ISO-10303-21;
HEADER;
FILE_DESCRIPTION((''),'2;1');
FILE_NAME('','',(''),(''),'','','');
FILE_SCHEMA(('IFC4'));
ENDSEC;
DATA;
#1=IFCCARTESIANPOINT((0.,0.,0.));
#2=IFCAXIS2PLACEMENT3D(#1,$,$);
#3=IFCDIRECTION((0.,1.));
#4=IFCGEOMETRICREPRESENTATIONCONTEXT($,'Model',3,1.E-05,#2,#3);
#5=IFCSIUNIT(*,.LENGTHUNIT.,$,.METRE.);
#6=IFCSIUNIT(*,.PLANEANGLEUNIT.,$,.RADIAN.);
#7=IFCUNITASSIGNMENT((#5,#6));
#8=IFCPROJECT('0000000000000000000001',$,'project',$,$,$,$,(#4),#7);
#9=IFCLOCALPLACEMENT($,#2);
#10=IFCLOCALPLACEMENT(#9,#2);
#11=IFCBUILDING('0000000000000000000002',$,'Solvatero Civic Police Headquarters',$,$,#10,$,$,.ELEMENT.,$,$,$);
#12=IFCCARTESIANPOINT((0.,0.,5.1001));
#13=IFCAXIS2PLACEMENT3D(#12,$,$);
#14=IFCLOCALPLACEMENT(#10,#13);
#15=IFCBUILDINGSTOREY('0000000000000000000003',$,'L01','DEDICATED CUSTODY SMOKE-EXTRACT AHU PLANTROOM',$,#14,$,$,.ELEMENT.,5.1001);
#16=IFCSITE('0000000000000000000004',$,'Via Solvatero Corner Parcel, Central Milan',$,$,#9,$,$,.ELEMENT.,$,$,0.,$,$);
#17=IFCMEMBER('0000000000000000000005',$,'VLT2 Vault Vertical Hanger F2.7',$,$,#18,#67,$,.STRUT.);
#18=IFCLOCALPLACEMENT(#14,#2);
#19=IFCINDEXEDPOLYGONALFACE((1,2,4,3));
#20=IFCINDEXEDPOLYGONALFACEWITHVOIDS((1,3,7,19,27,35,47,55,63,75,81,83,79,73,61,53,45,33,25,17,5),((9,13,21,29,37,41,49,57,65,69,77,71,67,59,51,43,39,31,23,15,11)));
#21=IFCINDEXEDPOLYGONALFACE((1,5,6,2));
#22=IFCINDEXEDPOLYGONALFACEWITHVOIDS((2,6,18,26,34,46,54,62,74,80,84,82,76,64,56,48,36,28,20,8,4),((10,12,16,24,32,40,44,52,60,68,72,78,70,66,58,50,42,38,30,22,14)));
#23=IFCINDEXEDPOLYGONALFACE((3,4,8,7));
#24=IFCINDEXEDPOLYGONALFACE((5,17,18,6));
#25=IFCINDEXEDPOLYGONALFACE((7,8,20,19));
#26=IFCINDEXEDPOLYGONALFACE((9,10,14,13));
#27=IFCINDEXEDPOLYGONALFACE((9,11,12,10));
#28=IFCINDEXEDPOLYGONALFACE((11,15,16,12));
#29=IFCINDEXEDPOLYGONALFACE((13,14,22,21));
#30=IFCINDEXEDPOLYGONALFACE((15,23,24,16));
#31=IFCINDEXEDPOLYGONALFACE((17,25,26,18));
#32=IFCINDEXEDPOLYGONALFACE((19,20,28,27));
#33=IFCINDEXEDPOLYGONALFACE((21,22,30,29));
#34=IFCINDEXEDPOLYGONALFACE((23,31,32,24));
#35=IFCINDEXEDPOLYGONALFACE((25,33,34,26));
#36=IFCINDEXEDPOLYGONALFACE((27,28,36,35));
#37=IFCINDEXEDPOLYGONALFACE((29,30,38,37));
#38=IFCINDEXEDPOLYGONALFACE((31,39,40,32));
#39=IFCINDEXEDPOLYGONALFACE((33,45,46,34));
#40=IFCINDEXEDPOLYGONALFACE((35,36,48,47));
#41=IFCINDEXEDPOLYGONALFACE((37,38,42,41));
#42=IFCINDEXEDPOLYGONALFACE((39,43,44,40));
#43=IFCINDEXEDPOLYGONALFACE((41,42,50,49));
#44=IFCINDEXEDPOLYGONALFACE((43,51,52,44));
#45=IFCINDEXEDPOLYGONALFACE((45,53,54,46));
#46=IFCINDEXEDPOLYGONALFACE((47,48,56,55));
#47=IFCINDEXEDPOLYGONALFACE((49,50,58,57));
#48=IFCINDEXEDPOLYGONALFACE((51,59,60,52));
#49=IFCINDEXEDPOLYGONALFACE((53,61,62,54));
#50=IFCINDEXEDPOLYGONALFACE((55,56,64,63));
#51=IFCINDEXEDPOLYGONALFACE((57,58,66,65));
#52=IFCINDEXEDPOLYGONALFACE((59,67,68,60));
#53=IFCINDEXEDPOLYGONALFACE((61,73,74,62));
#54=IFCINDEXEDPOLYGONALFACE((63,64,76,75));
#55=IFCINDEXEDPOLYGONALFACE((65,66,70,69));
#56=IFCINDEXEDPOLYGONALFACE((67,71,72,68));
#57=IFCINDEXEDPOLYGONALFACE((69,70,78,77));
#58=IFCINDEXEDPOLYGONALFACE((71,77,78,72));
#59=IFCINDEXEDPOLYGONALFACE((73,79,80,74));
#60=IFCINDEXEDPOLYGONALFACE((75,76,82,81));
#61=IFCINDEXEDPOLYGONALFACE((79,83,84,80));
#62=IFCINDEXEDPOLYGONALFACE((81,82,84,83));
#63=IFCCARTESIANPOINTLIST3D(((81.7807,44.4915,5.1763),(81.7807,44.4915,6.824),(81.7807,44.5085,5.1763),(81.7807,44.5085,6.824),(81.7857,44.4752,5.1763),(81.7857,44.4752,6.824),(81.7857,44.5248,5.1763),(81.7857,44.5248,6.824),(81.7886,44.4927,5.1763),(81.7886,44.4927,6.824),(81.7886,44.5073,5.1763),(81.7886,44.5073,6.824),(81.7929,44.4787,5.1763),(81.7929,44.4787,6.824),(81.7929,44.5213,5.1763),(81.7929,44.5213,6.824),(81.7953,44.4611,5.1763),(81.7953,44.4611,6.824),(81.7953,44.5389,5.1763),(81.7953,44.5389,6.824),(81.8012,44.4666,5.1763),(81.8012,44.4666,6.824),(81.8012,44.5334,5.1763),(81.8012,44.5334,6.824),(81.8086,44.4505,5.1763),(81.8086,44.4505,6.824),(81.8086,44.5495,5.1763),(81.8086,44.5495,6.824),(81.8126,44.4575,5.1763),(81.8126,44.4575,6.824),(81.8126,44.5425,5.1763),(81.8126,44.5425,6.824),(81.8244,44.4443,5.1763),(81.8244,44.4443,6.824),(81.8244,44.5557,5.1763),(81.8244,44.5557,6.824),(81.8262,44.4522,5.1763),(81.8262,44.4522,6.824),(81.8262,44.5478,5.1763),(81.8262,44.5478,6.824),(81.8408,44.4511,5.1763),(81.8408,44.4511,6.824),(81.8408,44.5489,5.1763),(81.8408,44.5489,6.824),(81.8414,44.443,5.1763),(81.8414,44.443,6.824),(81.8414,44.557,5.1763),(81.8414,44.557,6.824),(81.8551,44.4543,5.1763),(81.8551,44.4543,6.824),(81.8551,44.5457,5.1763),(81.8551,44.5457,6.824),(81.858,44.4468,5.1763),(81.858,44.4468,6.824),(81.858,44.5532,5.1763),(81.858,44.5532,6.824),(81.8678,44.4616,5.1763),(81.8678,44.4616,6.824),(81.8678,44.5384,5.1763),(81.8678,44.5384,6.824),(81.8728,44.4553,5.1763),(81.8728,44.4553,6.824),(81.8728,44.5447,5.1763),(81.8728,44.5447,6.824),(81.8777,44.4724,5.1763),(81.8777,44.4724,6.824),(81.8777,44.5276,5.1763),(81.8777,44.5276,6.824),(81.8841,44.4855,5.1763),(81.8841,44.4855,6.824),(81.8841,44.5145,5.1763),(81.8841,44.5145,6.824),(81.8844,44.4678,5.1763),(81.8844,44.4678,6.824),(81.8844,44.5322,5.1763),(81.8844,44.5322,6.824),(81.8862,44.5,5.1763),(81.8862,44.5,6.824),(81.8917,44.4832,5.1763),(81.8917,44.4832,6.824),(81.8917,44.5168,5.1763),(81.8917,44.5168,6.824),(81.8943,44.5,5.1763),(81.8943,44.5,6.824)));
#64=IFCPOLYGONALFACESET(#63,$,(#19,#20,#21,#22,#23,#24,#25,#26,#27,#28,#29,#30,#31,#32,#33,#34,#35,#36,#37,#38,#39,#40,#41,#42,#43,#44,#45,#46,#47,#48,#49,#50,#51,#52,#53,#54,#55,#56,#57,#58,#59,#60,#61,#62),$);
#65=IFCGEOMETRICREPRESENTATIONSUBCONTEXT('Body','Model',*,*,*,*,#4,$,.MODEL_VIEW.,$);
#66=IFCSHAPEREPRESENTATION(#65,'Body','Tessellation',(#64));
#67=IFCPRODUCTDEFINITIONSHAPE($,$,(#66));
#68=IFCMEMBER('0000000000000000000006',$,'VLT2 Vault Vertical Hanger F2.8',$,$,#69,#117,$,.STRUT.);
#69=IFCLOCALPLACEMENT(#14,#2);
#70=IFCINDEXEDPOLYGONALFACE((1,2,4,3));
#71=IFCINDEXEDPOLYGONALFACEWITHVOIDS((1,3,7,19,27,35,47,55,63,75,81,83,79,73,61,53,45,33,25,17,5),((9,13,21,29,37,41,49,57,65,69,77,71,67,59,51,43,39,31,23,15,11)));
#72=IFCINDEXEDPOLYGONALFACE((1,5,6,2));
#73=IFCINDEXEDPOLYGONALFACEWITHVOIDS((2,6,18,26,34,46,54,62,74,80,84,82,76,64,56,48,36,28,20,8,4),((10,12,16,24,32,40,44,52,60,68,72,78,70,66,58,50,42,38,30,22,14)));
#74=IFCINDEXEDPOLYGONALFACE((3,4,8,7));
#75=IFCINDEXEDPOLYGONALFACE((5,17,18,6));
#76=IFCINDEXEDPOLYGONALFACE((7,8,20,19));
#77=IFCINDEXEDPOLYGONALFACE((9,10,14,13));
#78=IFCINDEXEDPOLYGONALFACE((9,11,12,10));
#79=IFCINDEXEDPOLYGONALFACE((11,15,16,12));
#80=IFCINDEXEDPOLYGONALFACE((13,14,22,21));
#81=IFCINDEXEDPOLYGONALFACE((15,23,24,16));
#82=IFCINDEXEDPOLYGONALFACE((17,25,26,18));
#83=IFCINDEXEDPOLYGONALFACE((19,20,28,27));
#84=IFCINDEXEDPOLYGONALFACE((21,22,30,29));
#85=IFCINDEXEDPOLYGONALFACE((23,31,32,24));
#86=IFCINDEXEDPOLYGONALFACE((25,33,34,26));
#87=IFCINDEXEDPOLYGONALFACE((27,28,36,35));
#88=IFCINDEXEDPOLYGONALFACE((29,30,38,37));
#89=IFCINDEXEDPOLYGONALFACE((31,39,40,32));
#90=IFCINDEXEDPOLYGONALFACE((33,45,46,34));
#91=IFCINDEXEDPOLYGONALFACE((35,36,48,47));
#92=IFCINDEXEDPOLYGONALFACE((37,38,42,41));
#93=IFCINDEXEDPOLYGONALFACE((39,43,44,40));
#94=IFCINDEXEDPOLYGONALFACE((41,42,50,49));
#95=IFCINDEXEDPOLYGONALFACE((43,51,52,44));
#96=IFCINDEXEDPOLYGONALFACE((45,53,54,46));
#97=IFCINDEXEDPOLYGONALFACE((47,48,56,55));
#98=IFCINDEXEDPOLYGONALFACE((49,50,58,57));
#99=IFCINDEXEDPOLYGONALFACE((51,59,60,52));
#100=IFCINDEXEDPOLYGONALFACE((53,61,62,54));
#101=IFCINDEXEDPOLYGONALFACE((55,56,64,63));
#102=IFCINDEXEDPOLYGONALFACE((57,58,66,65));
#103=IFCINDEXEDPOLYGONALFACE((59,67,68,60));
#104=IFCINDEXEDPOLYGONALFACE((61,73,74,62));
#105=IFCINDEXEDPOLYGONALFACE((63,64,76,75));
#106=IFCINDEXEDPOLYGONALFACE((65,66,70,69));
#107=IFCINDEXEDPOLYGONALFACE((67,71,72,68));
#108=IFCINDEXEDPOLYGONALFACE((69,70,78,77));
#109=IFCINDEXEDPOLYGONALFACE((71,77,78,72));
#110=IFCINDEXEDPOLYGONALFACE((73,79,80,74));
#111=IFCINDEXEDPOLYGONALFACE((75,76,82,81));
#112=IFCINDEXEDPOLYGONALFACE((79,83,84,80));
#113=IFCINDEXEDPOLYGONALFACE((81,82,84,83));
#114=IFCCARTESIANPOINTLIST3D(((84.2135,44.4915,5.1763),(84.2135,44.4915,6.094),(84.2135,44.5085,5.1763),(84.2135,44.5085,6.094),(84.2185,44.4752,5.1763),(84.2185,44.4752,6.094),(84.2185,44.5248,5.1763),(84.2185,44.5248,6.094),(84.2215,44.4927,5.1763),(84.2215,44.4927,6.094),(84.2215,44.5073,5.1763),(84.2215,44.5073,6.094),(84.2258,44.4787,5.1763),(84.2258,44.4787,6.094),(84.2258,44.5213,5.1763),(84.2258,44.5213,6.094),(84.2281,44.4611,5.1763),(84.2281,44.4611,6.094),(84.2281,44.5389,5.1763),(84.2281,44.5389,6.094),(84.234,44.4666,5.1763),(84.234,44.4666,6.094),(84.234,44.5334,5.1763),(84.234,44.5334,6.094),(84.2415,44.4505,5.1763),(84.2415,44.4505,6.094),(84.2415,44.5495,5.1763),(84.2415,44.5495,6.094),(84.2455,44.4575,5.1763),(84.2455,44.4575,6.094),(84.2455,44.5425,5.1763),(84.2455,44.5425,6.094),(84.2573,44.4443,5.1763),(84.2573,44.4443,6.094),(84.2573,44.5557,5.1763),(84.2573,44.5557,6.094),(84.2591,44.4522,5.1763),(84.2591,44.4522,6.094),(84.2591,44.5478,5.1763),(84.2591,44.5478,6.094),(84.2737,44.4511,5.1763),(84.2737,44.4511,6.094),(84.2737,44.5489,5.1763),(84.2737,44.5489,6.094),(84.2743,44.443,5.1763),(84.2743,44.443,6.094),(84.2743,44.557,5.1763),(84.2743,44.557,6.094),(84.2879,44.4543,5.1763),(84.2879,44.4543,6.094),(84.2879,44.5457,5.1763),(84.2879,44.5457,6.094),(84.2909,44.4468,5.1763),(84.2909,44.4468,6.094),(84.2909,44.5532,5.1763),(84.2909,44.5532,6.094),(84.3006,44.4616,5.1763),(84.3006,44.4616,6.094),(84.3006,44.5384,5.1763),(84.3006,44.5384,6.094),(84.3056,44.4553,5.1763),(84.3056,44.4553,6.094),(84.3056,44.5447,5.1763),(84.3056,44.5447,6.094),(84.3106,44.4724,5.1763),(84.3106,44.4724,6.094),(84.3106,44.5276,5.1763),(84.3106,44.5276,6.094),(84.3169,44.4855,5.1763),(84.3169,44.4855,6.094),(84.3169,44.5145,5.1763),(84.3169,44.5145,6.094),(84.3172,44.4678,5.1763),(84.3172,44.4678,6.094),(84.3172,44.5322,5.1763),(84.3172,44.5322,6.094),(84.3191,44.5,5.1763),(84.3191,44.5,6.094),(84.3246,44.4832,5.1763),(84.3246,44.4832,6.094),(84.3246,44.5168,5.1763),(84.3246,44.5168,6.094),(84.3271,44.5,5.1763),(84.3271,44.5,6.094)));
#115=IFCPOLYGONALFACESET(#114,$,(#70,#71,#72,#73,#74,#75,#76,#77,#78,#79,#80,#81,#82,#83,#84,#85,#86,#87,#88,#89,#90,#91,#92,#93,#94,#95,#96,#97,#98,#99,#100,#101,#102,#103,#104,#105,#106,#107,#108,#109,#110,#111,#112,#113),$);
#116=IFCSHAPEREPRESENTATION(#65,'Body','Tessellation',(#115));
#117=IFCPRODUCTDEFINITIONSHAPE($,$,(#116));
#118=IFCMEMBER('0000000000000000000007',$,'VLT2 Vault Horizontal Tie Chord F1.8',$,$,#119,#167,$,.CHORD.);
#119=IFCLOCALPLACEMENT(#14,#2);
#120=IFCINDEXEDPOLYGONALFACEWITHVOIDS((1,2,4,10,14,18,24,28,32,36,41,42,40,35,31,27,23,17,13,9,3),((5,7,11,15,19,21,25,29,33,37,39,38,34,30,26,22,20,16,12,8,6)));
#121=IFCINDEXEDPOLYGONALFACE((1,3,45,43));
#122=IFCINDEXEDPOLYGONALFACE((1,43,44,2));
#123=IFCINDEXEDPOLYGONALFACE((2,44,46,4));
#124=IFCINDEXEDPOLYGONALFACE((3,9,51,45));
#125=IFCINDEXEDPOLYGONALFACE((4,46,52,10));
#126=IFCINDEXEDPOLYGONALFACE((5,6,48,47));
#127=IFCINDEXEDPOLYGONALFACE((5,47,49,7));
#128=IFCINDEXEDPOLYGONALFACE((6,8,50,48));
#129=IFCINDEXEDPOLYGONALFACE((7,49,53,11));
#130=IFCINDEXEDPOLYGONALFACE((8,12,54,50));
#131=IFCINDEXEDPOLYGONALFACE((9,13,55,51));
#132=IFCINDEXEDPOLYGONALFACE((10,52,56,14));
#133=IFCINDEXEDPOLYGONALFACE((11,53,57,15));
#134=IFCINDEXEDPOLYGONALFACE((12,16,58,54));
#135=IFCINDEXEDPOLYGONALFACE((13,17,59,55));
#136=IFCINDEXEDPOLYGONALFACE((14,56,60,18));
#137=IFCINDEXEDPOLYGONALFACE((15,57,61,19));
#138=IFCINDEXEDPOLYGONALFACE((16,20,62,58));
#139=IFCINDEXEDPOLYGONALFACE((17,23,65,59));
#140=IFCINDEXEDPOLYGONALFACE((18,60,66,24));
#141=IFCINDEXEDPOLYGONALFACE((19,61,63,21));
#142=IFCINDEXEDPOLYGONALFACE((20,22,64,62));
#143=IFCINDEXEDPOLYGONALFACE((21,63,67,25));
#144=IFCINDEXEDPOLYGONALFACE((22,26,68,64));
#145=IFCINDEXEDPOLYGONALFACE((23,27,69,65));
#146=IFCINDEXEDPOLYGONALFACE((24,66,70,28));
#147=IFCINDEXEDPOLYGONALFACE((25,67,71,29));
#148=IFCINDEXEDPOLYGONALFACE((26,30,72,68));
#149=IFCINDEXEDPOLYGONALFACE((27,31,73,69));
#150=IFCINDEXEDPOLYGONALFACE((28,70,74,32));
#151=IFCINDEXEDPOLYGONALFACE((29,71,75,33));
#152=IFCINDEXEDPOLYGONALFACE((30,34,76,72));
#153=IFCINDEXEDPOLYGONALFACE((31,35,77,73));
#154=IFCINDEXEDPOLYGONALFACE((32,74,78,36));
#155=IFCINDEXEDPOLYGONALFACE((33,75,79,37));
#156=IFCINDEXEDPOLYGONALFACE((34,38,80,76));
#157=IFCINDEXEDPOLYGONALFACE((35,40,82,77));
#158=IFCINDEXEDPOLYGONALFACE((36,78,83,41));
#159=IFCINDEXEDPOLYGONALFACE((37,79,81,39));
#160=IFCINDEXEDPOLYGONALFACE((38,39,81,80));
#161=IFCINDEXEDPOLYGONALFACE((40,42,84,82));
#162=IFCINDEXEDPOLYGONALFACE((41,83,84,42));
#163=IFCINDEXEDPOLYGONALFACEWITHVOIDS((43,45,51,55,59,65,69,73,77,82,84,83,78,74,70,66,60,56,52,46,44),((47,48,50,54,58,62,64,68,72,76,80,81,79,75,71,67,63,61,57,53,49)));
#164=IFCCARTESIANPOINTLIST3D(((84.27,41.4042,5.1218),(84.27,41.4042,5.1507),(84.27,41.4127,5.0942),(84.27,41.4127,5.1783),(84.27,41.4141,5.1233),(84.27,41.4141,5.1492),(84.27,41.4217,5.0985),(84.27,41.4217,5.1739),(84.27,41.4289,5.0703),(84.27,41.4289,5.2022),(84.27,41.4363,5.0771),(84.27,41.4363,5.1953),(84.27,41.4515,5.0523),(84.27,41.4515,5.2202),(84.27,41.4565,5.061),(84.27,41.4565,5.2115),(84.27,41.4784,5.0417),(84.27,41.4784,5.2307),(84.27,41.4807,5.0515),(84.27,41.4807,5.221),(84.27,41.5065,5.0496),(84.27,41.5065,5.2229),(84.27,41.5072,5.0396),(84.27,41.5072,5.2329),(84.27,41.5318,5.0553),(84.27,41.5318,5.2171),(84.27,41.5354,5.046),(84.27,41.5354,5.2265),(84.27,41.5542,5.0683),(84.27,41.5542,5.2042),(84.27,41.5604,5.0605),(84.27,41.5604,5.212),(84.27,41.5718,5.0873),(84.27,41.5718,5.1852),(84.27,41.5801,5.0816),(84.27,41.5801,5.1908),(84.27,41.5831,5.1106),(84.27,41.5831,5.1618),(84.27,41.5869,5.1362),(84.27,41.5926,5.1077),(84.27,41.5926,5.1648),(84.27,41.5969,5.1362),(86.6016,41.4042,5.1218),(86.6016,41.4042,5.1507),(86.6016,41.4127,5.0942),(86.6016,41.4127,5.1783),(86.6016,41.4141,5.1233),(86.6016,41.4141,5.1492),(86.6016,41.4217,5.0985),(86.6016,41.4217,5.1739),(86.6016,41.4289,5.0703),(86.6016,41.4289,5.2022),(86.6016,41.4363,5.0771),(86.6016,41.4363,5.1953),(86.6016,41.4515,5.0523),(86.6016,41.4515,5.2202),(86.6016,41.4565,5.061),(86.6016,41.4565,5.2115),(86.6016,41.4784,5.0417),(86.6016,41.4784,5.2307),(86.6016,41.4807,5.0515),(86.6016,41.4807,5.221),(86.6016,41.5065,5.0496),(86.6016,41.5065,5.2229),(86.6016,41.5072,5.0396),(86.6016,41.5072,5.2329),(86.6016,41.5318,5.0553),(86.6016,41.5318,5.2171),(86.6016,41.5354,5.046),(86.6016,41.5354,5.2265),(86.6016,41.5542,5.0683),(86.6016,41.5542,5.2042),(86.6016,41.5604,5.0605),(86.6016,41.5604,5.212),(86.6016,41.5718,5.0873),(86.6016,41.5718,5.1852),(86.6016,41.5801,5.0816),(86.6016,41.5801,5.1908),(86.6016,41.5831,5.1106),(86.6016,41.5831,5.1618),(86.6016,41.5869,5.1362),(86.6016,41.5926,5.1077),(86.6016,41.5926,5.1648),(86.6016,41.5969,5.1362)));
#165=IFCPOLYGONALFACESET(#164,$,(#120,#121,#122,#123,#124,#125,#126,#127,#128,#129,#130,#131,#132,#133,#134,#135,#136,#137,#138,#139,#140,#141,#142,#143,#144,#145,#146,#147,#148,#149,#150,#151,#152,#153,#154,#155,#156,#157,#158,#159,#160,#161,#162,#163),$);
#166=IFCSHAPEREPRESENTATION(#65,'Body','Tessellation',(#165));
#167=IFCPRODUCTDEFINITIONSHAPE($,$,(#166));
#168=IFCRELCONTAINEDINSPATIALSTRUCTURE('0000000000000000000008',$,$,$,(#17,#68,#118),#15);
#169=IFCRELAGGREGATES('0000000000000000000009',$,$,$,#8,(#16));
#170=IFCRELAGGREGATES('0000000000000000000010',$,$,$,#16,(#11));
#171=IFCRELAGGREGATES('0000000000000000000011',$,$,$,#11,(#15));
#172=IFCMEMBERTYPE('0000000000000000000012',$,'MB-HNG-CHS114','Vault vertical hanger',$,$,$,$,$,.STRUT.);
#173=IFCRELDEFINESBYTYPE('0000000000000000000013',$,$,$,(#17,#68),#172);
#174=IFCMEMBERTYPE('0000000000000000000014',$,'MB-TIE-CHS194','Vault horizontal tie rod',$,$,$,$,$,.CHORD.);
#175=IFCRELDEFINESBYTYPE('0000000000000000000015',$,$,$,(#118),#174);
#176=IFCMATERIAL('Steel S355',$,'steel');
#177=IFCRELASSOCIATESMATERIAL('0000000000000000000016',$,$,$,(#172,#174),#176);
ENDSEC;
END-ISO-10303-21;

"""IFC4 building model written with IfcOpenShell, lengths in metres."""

from ifc_helpers import new_model, si_unit, direction, frame, origin, origin_2d, place, context, subcontext, project, spatial, hollow_circle, extrude, material, material_profile, profile_set, type_object, element, save


model = new_model("IFC4")

# Units and contexts
model_context = context("Model", 3, precision=1e-05, world=origin(), true_north=direction((0.0, 1.0)))
body_context = subcontext(model_context, "Body", "Model", "MODEL_VIEW")
ifc_project = project(units=[si_unit("LENGTHUNIT", "METRE"), si_unit("PLANEANGLEUNIT", "RADIAN")], contexts=[model_context])

# Site, building, storey
site_placement = place(None, origin())
site = spatial("IfcSite", under=ifc_project, at=site_placement, Name="Via Solvatero Corner Parcel, Central Milan", CompositionType="ELEMENT", RefElevation=0.0)
building_placement = place(site_placement, origin())
building = spatial("IfcBuilding", under=site, at=building_placement, Name="Solvatero Civic Police Headquarters", CompositionType="ELEMENT")
storey_placement = place(building_placement, frame((0.0, 0.0, 5.1001)))
storey = spatial("IfcBuildingStorey", under=building, at=storey_placement, Name="L01", Description="DEDICATED CUSTODY SMOKE-EXTRACT AHU PLANTROOM", CompositionType="ELEMENT", Elevation=5.1001)

# Shared definitions
ifc_material_1 = material(Name="Steel S355", Category="steel")

# Members
ifc_material_profile_1 = material_profile(ifc_material_1, hollow_circle(Radius=0.0571, WallThickness=0.0081, at=origin_2d()), Name="CHS 114.3x8.0")
ifc_profile_set_1 = profile_set([ifc_material_profile_1], Name="Steel S355")
member_type_1 = type_object("IfcMemberType", Name="MB-HNG-CHS114", Description="Vault vertical hanger", PredefinedType="STRUT", material=ifc_profile_set_1)
member_1_placement = place(storey_placement, frame((81.8372, 44.5, 5.1763), z_axis=(0.0, 0.0, 1.0), x_axis=(1.0, 0.0, 0.0)))
element("IfcMember", 1, at=member_1_placement, inside=storey, type_object=member_type_1, Name="VLT2 Vault Vertical Hanger F2.7", PredefinedType="STRUT", context=body_context, shape_type="SweptSolid", body=[
    extrude(hollow_circle(Radius=0.0571, WallThickness=0.0081, at=origin_2d()), origin(), (0.0, 0.0, 1.0), 1.6477),
])
member_2_placement = place(storey_placement, frame((84.27, 44.5, 5.1763), z_axis=(0.0, 0.0, 1.0), x_axis=(1.0, 0.0, 0.0)))
element("IfcMember", 2, at=member_2_placement, inside=storey, type_object=member_type_1, Name="VLT2 Vault Vertical Hanger F2.8", PredefinedType="STRUT", context=body_context, shape_type="SweptSolid", body=[
    extrude(hollow_circle(Radius=0.0571, WallThickness=0.0081, at=origin_2d()), origin(), (0.0, 0.0, 1.0), 0.9177),
])
ifc_material_profile_2 = material_profile(ifc_material_1, hollow_circle(Radius=0.0969, WallThickness=0.01, at=origin_2d()), Name="CHS 193.7x10.0")
ifc_profile_set_2 = profile_set([ifc_material_profile_2], Name="Steel S355")
member_type_2 = type_object("IfcMemberType", Name="MB-TIE-CHS194", Description="Vault horizontal tie rod", PredefinedType="CHORD", material=ifc_profile_set_2)
member_3_placement = place(storey_placement, frame((84.27, 41.5, 5.1362), z_axis=(1.0, 0.0, 0.0), x_axis=(0.0, 1.0, 0.0)))
element("IfcMember", 3, at=member_3_placement, inside=storey, type_object=member_type_2, Name="VLT2 Vault Horizontal Tie Chord F1.8", PredefinedType="CHORD", context=body_context, shape_type="SweptSolid", body=[
    extrude(hollow_circle(Radius=0.0969, WallThickness=0.01, at=origin_2d()), origin(), (0.0, 0.0, 1.0), 2.3315),
])

save(model, "model.ifc")
